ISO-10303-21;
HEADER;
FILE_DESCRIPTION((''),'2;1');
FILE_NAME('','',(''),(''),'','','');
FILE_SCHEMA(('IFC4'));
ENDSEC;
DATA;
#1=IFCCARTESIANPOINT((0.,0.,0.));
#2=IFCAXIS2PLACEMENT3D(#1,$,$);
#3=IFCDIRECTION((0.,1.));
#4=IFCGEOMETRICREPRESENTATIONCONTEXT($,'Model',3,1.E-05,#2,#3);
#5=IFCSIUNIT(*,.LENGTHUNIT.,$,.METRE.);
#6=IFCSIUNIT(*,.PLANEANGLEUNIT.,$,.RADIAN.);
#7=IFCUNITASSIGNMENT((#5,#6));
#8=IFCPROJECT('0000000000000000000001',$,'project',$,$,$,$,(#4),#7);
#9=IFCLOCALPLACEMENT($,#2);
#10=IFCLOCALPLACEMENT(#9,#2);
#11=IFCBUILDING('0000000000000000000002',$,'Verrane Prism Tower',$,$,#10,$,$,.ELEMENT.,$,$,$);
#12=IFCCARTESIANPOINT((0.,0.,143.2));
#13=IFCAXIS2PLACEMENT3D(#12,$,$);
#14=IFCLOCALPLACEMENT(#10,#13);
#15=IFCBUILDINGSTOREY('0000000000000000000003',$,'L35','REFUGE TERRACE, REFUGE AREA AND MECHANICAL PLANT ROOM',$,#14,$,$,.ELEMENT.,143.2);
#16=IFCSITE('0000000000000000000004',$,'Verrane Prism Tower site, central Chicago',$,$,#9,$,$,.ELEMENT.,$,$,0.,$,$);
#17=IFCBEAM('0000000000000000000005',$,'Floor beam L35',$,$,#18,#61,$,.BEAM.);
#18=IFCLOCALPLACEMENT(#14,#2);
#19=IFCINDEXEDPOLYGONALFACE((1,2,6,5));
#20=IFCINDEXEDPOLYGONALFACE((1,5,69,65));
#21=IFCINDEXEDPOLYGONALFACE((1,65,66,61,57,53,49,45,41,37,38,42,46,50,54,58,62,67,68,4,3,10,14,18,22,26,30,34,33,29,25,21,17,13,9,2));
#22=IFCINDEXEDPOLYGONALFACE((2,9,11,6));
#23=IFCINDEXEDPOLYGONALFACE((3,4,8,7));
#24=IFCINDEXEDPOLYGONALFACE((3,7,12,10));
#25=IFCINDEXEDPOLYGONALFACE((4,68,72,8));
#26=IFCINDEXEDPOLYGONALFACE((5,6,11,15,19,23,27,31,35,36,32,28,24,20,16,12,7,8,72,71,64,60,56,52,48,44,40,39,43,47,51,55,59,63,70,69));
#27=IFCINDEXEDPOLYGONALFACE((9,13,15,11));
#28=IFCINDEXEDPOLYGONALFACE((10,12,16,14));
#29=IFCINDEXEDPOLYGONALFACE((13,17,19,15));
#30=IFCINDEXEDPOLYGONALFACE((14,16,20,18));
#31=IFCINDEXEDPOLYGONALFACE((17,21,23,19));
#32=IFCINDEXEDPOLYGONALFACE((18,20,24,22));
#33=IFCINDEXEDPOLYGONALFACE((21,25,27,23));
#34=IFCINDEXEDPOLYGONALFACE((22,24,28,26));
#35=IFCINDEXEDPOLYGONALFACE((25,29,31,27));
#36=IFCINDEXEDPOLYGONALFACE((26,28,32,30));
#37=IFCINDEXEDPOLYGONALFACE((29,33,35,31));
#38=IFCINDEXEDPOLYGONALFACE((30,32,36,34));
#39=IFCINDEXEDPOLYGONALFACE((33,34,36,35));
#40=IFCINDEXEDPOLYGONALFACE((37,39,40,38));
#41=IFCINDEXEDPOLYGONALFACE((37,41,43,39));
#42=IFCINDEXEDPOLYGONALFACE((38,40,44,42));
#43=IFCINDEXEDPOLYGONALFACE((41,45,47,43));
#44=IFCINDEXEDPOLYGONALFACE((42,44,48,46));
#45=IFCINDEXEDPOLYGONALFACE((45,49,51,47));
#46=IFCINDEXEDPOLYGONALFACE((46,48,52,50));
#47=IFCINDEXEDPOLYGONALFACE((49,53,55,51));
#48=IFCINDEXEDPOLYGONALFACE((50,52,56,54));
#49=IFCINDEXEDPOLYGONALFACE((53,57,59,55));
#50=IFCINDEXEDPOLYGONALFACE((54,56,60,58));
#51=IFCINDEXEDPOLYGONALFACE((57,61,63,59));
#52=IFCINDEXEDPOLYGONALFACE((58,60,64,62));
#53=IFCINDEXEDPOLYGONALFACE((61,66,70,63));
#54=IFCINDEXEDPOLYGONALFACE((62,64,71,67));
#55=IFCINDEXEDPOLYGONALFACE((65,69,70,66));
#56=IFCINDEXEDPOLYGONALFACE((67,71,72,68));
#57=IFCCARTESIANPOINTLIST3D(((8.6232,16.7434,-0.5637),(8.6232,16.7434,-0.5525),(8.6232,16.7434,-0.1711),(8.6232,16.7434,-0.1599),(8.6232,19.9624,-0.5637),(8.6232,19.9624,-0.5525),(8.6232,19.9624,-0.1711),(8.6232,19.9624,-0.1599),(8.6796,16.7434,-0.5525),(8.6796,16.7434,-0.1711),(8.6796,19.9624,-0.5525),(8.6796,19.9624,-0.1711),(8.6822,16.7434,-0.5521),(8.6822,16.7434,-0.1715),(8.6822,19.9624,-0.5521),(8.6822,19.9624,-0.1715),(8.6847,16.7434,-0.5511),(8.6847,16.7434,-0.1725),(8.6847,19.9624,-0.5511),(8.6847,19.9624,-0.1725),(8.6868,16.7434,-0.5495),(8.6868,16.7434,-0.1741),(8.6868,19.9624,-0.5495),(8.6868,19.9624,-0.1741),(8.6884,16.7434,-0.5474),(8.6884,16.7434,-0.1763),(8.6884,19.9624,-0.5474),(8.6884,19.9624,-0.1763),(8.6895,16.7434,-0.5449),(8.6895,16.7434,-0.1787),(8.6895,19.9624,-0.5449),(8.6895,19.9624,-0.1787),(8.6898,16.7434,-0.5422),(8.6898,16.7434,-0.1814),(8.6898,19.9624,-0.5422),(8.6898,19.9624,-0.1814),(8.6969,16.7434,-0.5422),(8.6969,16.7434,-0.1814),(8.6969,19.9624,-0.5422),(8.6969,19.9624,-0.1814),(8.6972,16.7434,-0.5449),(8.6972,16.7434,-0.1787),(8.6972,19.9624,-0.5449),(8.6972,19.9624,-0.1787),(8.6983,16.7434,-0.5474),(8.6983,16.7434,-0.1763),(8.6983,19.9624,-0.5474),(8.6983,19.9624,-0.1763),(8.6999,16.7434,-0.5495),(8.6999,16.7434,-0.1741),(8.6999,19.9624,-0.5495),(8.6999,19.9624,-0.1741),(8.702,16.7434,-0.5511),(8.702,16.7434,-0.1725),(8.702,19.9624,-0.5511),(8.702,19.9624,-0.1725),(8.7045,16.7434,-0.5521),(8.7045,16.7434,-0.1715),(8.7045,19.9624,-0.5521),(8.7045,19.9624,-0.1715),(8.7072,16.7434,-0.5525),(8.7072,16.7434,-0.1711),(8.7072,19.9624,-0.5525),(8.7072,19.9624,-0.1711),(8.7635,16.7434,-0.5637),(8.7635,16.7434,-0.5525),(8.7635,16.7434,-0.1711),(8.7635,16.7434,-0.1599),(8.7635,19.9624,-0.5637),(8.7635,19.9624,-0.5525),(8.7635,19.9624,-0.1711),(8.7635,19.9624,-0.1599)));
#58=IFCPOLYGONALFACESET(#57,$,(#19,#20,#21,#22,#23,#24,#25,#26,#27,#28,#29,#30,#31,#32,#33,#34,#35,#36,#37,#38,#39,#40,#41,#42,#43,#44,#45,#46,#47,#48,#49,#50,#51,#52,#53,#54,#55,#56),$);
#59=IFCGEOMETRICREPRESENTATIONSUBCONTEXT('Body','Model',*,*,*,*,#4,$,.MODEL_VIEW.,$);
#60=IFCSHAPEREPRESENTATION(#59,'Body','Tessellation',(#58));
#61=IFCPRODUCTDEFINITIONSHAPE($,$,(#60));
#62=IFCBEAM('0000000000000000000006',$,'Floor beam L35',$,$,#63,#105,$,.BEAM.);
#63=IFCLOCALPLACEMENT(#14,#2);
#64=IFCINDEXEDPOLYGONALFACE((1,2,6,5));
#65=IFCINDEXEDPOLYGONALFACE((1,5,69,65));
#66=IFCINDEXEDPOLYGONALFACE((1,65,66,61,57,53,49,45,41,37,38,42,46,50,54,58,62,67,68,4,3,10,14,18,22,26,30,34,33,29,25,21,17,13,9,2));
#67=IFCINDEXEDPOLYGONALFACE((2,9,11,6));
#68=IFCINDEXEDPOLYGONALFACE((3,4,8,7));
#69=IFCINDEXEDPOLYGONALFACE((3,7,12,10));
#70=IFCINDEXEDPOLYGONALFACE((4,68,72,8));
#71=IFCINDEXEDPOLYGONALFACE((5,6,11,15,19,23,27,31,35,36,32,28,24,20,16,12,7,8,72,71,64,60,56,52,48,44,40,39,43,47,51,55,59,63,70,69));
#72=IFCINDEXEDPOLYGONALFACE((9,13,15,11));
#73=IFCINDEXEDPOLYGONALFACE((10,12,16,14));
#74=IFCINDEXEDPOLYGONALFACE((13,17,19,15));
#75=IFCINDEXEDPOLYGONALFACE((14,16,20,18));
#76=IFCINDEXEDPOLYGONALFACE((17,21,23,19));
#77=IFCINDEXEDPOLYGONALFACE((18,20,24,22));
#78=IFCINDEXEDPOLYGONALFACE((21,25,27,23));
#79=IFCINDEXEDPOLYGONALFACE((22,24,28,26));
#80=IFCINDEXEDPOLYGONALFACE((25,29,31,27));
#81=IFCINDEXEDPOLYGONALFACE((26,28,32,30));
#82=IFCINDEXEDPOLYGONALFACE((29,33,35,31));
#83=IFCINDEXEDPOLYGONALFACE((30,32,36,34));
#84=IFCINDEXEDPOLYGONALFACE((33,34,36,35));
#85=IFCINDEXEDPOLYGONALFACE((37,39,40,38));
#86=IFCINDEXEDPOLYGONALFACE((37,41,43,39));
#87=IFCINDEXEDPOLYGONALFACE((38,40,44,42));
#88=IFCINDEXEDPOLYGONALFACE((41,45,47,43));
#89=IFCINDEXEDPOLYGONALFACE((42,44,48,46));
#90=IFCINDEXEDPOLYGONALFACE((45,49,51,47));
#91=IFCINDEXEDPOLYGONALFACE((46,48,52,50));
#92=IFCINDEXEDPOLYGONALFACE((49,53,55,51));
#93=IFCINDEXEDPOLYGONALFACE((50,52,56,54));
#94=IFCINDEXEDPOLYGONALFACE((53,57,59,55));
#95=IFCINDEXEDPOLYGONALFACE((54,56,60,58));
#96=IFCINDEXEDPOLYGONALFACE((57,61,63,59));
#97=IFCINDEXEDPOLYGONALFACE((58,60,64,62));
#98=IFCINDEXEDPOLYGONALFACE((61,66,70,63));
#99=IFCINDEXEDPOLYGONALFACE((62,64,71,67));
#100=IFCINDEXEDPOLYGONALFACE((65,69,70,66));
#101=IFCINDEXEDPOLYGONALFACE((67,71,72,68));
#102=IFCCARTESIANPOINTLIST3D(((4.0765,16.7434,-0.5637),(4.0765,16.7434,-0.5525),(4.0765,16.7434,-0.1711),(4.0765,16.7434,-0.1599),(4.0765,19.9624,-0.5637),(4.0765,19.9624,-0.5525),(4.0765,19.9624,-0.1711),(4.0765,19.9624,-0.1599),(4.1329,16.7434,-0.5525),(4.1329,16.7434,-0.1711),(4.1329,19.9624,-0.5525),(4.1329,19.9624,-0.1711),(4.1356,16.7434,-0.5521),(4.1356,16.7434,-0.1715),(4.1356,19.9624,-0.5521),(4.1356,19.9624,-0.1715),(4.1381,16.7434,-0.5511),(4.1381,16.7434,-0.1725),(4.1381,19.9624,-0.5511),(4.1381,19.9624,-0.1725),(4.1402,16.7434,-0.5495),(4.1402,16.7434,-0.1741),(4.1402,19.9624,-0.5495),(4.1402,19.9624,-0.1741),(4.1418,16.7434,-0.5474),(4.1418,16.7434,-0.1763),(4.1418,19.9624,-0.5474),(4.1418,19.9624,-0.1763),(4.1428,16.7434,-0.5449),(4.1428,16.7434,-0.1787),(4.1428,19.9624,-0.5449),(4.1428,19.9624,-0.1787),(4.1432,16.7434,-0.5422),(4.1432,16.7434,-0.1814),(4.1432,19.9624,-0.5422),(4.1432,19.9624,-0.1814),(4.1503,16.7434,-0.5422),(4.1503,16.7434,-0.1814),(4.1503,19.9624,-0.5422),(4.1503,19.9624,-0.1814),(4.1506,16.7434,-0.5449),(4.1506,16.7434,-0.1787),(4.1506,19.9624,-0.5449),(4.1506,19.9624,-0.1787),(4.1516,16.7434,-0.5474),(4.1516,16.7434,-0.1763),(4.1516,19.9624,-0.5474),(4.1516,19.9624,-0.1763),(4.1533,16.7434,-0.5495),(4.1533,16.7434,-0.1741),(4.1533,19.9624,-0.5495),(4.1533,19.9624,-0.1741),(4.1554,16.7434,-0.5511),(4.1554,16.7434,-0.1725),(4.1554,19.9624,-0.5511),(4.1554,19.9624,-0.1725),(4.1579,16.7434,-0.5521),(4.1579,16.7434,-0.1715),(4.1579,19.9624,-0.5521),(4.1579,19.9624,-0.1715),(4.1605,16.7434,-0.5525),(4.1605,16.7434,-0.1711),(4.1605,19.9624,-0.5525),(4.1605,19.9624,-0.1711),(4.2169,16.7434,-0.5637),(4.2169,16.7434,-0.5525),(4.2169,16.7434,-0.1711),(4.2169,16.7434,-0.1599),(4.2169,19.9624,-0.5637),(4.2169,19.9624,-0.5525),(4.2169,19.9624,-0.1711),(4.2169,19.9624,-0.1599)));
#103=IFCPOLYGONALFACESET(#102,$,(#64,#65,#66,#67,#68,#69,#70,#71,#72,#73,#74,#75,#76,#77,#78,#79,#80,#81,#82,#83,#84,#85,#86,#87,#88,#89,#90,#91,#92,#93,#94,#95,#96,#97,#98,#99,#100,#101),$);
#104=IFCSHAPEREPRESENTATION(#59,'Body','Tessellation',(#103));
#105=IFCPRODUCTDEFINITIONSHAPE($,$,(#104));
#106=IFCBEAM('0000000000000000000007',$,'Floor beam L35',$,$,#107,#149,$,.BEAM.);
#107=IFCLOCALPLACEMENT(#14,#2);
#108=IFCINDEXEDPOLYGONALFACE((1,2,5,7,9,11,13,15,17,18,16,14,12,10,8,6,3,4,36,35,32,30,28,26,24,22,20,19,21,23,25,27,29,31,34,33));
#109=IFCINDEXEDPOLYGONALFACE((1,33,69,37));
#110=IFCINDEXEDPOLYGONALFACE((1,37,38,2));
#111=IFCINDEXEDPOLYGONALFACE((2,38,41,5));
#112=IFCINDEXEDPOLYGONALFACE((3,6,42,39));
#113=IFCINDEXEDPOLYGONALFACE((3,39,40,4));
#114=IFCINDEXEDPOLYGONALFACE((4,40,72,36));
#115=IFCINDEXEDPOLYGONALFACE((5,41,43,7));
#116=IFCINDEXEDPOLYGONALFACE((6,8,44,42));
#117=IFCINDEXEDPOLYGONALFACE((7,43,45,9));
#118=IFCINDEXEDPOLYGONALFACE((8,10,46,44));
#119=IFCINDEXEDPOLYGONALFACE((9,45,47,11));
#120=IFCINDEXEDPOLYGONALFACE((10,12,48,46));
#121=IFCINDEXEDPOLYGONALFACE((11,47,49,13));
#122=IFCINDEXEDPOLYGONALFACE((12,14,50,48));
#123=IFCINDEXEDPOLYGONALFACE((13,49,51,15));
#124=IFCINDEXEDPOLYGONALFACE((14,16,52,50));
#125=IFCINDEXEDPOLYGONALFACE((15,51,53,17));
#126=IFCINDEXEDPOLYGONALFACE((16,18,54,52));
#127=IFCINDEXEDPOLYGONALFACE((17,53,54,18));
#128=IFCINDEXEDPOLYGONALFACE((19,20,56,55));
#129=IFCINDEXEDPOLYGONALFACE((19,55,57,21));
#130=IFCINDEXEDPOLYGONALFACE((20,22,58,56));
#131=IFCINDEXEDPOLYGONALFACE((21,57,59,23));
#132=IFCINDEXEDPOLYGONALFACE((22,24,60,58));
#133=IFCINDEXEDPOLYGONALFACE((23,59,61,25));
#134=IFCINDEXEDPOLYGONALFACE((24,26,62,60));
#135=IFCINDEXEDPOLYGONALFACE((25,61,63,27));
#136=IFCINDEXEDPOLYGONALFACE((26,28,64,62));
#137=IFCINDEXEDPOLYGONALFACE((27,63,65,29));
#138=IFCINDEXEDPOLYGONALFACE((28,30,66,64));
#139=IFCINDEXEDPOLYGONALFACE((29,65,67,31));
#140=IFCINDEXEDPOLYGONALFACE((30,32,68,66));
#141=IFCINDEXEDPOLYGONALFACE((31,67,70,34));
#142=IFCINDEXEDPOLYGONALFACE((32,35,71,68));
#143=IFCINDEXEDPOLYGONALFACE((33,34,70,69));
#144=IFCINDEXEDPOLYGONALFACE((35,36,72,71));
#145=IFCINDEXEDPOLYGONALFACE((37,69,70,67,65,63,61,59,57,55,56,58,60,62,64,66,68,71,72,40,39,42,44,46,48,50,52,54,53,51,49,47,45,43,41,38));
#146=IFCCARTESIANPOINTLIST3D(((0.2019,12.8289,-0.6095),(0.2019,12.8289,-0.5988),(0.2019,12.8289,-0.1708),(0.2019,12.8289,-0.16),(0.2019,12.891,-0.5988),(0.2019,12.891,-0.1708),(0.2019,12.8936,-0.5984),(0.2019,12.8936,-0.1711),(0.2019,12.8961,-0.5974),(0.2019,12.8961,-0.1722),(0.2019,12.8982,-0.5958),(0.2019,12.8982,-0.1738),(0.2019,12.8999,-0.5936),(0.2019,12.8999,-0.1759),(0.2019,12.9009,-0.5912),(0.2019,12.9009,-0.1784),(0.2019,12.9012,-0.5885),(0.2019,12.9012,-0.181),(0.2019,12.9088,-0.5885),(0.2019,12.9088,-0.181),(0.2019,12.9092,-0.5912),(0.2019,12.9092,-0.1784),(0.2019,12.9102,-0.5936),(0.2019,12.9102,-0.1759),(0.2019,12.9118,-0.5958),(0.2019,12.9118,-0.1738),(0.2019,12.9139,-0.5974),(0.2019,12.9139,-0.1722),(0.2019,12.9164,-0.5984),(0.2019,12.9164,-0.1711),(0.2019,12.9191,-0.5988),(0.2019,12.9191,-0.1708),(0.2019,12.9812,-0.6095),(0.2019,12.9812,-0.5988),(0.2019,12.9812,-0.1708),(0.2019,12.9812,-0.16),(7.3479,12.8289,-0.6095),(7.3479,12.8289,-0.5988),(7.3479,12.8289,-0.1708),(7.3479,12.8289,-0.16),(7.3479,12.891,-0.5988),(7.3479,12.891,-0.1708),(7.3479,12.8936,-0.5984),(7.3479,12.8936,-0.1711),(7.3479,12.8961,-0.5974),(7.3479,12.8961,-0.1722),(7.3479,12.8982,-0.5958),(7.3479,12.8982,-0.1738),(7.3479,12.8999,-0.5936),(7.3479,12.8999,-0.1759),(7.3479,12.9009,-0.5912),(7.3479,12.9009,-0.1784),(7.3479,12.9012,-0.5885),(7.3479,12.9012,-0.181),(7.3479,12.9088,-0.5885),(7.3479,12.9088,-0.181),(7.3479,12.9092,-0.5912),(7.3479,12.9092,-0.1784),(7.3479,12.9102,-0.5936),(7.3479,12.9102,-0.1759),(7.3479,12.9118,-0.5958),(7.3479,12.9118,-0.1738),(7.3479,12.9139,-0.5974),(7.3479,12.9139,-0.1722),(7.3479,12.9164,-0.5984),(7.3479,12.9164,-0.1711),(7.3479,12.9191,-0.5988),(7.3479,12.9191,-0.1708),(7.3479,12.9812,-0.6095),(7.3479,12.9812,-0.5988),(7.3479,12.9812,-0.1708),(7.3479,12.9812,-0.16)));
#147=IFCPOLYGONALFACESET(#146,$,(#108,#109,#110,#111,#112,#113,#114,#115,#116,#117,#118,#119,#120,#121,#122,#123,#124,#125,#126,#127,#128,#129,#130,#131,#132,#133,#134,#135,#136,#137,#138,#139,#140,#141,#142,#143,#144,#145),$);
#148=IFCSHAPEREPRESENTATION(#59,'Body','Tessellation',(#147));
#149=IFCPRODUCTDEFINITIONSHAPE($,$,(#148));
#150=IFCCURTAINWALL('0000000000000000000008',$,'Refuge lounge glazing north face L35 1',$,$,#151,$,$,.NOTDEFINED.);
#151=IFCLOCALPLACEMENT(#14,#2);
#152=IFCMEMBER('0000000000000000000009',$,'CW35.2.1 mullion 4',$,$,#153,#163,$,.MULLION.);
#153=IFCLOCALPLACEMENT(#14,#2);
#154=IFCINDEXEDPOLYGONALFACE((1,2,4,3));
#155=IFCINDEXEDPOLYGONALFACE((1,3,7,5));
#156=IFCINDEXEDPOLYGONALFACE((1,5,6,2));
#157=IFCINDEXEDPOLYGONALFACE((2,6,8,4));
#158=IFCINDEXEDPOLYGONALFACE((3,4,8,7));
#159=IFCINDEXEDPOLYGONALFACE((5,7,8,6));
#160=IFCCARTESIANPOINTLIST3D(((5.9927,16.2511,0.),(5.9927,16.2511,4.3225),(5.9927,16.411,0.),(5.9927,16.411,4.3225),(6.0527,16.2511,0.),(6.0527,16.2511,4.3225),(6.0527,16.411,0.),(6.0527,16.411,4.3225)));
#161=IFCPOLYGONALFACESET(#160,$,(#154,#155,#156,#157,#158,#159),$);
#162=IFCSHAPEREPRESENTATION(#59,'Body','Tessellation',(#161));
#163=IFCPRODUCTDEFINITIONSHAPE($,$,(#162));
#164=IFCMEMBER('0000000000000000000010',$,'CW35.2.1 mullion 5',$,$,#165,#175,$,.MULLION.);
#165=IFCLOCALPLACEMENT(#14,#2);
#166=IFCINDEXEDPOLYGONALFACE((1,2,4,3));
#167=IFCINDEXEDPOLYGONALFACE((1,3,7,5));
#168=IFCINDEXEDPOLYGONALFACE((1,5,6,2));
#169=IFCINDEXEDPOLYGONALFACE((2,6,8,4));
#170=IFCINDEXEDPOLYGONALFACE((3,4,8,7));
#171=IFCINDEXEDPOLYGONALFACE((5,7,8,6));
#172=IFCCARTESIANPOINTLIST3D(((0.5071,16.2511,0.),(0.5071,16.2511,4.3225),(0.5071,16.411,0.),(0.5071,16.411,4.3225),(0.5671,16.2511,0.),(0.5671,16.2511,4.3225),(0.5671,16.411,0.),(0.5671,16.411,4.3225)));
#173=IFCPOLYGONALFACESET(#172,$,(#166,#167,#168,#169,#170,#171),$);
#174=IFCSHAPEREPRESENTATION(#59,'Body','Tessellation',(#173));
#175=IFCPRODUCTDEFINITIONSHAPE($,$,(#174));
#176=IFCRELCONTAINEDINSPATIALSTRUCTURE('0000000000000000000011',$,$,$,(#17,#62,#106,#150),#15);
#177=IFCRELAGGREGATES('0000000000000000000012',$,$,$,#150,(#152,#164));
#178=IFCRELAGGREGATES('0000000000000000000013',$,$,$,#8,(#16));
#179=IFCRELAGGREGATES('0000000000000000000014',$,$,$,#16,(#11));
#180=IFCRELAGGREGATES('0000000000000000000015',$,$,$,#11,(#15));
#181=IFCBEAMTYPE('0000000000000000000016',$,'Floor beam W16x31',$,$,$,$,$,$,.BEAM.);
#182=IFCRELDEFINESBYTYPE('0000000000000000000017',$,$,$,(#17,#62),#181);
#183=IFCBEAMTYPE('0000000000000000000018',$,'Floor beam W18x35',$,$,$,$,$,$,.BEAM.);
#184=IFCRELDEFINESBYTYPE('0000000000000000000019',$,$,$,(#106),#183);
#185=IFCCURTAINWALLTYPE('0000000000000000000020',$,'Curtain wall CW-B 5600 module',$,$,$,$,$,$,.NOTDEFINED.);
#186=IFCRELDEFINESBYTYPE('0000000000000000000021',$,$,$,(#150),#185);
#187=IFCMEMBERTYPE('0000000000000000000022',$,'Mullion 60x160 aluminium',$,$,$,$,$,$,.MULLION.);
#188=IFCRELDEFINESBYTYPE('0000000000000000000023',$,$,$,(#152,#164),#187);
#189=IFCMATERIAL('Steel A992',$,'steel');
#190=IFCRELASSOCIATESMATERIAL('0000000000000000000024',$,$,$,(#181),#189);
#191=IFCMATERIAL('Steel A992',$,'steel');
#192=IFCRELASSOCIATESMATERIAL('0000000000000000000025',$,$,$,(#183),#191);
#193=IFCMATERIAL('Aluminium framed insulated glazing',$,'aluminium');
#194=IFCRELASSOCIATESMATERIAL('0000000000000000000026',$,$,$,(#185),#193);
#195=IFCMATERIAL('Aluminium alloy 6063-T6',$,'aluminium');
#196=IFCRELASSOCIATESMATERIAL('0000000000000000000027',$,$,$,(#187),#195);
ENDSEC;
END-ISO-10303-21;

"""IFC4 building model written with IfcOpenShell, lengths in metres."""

from ifc_helpers import new_model, si_unit, direction, frame, origin, origin_2d, place, context, subcontext, project, spatial, rectangle, i_section, extrude, material, material_profile, profile_set, type_object, element, aggregate, save


model = new_model("IFC4")

# Units and contexts
model_context = context("Model", 3, precision=1e-05, world=origin(), true_north=direction((0.0, 1.0)))
body_context = subcontext(model_context, "Body", "Model", "MODEL_VIEW")
ifc_project = project(units=[si_unit("LENGTHUNIT", "METRE"), si_unit("PLANEANGLEUNIT", "RADIAN")], contexts=[model_context])

# Site, building, storey
site_placement = place(None, origin())
site = spatial("IfcSite", under=ifc_project, at=site_placement, Name="Verrane Prism Tower site, central Chicago", CompositionType="ELEMENT", RefElevation=0.0)
building_placement = place(site_placement, origin())
building = spatial("IfcBuilding", under=site, at=building_placement, Name="Verrane Prism Tower", CompositionType="ELEMENT")
storey_placement = place(building_placement, frame((0.0, 0.0, 143.2)))
storey = spatial("IfcBuildingStorey", under=building, at=storey_placement, Name="L35", Description="REFUGE TERRACE, REFUGE AREA AND MECHANICAL PLANT ROOM", CompositionType="ELEMENT", Elevation=143.2)

# Beams
ifc_material_1 = material(Name="Steel A992", Category="steel")
ifc_material_profile_1 = material_profile(ifc_material_1, i_section(OverallWidth=0.1404, OverallDepth=0.4038, WebThickness=0.0071, FlangeThickness=0.0112, FilletRadius=0.0103, at=origin_2d()), Name="W16x31")
ifc_profile_set_1 = profile_set([ifc_material_profile_1], Name="Steel A992")
beam_type_1 = type_object("IfcBeamType", Name="Floor beam W16x31", PredefinedType="BEAM", material=ifc_profile_set_1)
for number, where, z_axis, x_axis, name in (
    (1, (8.6934, 16.7434, -0.3618), (0.0, 1.0, 0.0), (-1.0, 0.0, 0.0), "Floor beam L35"),
    (2, (4.1467, 16.7434, -0.3618), (0.0, 1.0, 0.0), (-1.0, 0.0, 0.0), "Floor beam L35"),
):
    element("IfcBeam", number, at=place(storey_placement, frame(where, z_axis=z_axis, x_axis=x_axis)), inside=storey, type_object=beam_type_1, Name=name, PredefinedType="BEAM", context=body_context, shape_type="SweptSolid", body=[
        extrude(i_section(OverallWidth=0.1404, OverallDepth=0.4038, WebThickness=0.0071, FlangeThickness=0.0112, FilletRadius=0.0103, at=origin_2d()), origin(), (0.0, 0.0, 1.0), 3.219),
    ])
ifc_material_2 = material(Name="Steel A992", Category="steel")
ifc_material_profile_2 = material_profile(ifc_material_2, i_section(OverallWidth=0.1523, OverallDepth=0.4495, WebThickness=0.0076, FlangeThickness=0.0107, FilletRadius=0.0103, at=origin_2d()), Name="W18x35")
ifc_profile_set_2 = profile_set([ifc_material_profile_2], Name="Steel A992")
beam_type_2 = type_object("IfcBeamType", Name="Floor beam W18x35", PredefinedType="BEAM", material=ifc_profile_set_2)
beam_1_placement = place(storey_placement, frame((0.2019, 12.905, -0.3848), z_axis=(1.0, 0.0, 0.0), x_axis=(0.0, 1.0, 0.0)))
element("IfcBeam", 3, at=beam_1_placement, inside=storey, type_object=beam_type_2, Name="Floor beam L35", PredefinedType="BEAM", context=body_context, shape_type="SweptSolid", body=[
    extrude(i_section(OverallWidth=0.1523, OverallDepth=0.4495, WebThickness=0.0076, FlangeThickness=0.0107, FilletRadius=0.0103, at=origin_2d()), origin(), (0.0, 0.0, 1.0), 7.146),
])

# Curtain wall, members
ifc_material_3 = material(Name="Aluminium framed insulated glazing", Category="aluminium")
curtain_wall_type = type_object("IfcCurtainWallType", Name="Curtain wall CW-B 5600 module", PredefinedType="NOTDEFINED", material=ifc_material_3)
curtain_wall_placement = place(storey_placement, origin())
curtain_wall = element("IfcCurtainWall", 4, at=curtain_wall_placement, inside=storey, type_object=curtain_wall_type, Name="Refuge lounge glazing north face L35 1", PredefinedType="NOTDEFINED")
ifc_material_4 = material(Name="Aluminium alloy 6063-T6", Category="aluminium")
ifc_material_profile_3 = material_profile(ifc_material_4, rectangle(XDim=0.1599, YDim=0.0601, at=origin_2d()), Name="Mullion 60x160 aluminium")
ifc_profile_set_3 = profile_set([ifc_material_profile_3], Name="Aluminium alloy 6063-T6")
member_type_1 = type_object("IfcMemberType", Name="Mullion 60x160 aluminium", PredefinedType="MULLION", material=ifc_profile_set_3)
member_1_placement = place(storey_placement, frame((6.0227, 16.3311, 0.0), z_axis=(0.0, 0.0, 1.0), x_axis=(0.0, -1.0, 0.0)))
member_1 = element("IfcMember", 5, at=member_1_placement, type_object=member_type_1, Name="CW35.2.1 mullion 4", PredefinedType="MULLION", context=body_context, shape_type="SweptSolid", body=[
    extrude(rectangle(XDim=0.1599, YDim=0.0601, at=origin_2d()), origin(), (0.0, 0.0, 1.0), 4.3225),
])
member_2_placement = place(storey_placement, frame((0.5371, 16.3311, 0.0), z_axis=(0.0, 0.0, 1.0), x_axis=(0.0, -1.0, 0.0)))
member_2 = element("IfcMember", 6, at=member_2_placement, type_object=member_type_1, Name="CW35.2.1 mullion 5", PredefinedType="MULLION", context=body_context, shape_type="SweptSolid", body=[
    extrude(rectangle(XDim=0.1599, YDim=0.0601, at=origin_2d()), origin(), (0.0, 0.0, 1.0), 4.3225),
])

aggregate(curtain_wall, [member_1, member_2])

save(model, "model.ifc")
